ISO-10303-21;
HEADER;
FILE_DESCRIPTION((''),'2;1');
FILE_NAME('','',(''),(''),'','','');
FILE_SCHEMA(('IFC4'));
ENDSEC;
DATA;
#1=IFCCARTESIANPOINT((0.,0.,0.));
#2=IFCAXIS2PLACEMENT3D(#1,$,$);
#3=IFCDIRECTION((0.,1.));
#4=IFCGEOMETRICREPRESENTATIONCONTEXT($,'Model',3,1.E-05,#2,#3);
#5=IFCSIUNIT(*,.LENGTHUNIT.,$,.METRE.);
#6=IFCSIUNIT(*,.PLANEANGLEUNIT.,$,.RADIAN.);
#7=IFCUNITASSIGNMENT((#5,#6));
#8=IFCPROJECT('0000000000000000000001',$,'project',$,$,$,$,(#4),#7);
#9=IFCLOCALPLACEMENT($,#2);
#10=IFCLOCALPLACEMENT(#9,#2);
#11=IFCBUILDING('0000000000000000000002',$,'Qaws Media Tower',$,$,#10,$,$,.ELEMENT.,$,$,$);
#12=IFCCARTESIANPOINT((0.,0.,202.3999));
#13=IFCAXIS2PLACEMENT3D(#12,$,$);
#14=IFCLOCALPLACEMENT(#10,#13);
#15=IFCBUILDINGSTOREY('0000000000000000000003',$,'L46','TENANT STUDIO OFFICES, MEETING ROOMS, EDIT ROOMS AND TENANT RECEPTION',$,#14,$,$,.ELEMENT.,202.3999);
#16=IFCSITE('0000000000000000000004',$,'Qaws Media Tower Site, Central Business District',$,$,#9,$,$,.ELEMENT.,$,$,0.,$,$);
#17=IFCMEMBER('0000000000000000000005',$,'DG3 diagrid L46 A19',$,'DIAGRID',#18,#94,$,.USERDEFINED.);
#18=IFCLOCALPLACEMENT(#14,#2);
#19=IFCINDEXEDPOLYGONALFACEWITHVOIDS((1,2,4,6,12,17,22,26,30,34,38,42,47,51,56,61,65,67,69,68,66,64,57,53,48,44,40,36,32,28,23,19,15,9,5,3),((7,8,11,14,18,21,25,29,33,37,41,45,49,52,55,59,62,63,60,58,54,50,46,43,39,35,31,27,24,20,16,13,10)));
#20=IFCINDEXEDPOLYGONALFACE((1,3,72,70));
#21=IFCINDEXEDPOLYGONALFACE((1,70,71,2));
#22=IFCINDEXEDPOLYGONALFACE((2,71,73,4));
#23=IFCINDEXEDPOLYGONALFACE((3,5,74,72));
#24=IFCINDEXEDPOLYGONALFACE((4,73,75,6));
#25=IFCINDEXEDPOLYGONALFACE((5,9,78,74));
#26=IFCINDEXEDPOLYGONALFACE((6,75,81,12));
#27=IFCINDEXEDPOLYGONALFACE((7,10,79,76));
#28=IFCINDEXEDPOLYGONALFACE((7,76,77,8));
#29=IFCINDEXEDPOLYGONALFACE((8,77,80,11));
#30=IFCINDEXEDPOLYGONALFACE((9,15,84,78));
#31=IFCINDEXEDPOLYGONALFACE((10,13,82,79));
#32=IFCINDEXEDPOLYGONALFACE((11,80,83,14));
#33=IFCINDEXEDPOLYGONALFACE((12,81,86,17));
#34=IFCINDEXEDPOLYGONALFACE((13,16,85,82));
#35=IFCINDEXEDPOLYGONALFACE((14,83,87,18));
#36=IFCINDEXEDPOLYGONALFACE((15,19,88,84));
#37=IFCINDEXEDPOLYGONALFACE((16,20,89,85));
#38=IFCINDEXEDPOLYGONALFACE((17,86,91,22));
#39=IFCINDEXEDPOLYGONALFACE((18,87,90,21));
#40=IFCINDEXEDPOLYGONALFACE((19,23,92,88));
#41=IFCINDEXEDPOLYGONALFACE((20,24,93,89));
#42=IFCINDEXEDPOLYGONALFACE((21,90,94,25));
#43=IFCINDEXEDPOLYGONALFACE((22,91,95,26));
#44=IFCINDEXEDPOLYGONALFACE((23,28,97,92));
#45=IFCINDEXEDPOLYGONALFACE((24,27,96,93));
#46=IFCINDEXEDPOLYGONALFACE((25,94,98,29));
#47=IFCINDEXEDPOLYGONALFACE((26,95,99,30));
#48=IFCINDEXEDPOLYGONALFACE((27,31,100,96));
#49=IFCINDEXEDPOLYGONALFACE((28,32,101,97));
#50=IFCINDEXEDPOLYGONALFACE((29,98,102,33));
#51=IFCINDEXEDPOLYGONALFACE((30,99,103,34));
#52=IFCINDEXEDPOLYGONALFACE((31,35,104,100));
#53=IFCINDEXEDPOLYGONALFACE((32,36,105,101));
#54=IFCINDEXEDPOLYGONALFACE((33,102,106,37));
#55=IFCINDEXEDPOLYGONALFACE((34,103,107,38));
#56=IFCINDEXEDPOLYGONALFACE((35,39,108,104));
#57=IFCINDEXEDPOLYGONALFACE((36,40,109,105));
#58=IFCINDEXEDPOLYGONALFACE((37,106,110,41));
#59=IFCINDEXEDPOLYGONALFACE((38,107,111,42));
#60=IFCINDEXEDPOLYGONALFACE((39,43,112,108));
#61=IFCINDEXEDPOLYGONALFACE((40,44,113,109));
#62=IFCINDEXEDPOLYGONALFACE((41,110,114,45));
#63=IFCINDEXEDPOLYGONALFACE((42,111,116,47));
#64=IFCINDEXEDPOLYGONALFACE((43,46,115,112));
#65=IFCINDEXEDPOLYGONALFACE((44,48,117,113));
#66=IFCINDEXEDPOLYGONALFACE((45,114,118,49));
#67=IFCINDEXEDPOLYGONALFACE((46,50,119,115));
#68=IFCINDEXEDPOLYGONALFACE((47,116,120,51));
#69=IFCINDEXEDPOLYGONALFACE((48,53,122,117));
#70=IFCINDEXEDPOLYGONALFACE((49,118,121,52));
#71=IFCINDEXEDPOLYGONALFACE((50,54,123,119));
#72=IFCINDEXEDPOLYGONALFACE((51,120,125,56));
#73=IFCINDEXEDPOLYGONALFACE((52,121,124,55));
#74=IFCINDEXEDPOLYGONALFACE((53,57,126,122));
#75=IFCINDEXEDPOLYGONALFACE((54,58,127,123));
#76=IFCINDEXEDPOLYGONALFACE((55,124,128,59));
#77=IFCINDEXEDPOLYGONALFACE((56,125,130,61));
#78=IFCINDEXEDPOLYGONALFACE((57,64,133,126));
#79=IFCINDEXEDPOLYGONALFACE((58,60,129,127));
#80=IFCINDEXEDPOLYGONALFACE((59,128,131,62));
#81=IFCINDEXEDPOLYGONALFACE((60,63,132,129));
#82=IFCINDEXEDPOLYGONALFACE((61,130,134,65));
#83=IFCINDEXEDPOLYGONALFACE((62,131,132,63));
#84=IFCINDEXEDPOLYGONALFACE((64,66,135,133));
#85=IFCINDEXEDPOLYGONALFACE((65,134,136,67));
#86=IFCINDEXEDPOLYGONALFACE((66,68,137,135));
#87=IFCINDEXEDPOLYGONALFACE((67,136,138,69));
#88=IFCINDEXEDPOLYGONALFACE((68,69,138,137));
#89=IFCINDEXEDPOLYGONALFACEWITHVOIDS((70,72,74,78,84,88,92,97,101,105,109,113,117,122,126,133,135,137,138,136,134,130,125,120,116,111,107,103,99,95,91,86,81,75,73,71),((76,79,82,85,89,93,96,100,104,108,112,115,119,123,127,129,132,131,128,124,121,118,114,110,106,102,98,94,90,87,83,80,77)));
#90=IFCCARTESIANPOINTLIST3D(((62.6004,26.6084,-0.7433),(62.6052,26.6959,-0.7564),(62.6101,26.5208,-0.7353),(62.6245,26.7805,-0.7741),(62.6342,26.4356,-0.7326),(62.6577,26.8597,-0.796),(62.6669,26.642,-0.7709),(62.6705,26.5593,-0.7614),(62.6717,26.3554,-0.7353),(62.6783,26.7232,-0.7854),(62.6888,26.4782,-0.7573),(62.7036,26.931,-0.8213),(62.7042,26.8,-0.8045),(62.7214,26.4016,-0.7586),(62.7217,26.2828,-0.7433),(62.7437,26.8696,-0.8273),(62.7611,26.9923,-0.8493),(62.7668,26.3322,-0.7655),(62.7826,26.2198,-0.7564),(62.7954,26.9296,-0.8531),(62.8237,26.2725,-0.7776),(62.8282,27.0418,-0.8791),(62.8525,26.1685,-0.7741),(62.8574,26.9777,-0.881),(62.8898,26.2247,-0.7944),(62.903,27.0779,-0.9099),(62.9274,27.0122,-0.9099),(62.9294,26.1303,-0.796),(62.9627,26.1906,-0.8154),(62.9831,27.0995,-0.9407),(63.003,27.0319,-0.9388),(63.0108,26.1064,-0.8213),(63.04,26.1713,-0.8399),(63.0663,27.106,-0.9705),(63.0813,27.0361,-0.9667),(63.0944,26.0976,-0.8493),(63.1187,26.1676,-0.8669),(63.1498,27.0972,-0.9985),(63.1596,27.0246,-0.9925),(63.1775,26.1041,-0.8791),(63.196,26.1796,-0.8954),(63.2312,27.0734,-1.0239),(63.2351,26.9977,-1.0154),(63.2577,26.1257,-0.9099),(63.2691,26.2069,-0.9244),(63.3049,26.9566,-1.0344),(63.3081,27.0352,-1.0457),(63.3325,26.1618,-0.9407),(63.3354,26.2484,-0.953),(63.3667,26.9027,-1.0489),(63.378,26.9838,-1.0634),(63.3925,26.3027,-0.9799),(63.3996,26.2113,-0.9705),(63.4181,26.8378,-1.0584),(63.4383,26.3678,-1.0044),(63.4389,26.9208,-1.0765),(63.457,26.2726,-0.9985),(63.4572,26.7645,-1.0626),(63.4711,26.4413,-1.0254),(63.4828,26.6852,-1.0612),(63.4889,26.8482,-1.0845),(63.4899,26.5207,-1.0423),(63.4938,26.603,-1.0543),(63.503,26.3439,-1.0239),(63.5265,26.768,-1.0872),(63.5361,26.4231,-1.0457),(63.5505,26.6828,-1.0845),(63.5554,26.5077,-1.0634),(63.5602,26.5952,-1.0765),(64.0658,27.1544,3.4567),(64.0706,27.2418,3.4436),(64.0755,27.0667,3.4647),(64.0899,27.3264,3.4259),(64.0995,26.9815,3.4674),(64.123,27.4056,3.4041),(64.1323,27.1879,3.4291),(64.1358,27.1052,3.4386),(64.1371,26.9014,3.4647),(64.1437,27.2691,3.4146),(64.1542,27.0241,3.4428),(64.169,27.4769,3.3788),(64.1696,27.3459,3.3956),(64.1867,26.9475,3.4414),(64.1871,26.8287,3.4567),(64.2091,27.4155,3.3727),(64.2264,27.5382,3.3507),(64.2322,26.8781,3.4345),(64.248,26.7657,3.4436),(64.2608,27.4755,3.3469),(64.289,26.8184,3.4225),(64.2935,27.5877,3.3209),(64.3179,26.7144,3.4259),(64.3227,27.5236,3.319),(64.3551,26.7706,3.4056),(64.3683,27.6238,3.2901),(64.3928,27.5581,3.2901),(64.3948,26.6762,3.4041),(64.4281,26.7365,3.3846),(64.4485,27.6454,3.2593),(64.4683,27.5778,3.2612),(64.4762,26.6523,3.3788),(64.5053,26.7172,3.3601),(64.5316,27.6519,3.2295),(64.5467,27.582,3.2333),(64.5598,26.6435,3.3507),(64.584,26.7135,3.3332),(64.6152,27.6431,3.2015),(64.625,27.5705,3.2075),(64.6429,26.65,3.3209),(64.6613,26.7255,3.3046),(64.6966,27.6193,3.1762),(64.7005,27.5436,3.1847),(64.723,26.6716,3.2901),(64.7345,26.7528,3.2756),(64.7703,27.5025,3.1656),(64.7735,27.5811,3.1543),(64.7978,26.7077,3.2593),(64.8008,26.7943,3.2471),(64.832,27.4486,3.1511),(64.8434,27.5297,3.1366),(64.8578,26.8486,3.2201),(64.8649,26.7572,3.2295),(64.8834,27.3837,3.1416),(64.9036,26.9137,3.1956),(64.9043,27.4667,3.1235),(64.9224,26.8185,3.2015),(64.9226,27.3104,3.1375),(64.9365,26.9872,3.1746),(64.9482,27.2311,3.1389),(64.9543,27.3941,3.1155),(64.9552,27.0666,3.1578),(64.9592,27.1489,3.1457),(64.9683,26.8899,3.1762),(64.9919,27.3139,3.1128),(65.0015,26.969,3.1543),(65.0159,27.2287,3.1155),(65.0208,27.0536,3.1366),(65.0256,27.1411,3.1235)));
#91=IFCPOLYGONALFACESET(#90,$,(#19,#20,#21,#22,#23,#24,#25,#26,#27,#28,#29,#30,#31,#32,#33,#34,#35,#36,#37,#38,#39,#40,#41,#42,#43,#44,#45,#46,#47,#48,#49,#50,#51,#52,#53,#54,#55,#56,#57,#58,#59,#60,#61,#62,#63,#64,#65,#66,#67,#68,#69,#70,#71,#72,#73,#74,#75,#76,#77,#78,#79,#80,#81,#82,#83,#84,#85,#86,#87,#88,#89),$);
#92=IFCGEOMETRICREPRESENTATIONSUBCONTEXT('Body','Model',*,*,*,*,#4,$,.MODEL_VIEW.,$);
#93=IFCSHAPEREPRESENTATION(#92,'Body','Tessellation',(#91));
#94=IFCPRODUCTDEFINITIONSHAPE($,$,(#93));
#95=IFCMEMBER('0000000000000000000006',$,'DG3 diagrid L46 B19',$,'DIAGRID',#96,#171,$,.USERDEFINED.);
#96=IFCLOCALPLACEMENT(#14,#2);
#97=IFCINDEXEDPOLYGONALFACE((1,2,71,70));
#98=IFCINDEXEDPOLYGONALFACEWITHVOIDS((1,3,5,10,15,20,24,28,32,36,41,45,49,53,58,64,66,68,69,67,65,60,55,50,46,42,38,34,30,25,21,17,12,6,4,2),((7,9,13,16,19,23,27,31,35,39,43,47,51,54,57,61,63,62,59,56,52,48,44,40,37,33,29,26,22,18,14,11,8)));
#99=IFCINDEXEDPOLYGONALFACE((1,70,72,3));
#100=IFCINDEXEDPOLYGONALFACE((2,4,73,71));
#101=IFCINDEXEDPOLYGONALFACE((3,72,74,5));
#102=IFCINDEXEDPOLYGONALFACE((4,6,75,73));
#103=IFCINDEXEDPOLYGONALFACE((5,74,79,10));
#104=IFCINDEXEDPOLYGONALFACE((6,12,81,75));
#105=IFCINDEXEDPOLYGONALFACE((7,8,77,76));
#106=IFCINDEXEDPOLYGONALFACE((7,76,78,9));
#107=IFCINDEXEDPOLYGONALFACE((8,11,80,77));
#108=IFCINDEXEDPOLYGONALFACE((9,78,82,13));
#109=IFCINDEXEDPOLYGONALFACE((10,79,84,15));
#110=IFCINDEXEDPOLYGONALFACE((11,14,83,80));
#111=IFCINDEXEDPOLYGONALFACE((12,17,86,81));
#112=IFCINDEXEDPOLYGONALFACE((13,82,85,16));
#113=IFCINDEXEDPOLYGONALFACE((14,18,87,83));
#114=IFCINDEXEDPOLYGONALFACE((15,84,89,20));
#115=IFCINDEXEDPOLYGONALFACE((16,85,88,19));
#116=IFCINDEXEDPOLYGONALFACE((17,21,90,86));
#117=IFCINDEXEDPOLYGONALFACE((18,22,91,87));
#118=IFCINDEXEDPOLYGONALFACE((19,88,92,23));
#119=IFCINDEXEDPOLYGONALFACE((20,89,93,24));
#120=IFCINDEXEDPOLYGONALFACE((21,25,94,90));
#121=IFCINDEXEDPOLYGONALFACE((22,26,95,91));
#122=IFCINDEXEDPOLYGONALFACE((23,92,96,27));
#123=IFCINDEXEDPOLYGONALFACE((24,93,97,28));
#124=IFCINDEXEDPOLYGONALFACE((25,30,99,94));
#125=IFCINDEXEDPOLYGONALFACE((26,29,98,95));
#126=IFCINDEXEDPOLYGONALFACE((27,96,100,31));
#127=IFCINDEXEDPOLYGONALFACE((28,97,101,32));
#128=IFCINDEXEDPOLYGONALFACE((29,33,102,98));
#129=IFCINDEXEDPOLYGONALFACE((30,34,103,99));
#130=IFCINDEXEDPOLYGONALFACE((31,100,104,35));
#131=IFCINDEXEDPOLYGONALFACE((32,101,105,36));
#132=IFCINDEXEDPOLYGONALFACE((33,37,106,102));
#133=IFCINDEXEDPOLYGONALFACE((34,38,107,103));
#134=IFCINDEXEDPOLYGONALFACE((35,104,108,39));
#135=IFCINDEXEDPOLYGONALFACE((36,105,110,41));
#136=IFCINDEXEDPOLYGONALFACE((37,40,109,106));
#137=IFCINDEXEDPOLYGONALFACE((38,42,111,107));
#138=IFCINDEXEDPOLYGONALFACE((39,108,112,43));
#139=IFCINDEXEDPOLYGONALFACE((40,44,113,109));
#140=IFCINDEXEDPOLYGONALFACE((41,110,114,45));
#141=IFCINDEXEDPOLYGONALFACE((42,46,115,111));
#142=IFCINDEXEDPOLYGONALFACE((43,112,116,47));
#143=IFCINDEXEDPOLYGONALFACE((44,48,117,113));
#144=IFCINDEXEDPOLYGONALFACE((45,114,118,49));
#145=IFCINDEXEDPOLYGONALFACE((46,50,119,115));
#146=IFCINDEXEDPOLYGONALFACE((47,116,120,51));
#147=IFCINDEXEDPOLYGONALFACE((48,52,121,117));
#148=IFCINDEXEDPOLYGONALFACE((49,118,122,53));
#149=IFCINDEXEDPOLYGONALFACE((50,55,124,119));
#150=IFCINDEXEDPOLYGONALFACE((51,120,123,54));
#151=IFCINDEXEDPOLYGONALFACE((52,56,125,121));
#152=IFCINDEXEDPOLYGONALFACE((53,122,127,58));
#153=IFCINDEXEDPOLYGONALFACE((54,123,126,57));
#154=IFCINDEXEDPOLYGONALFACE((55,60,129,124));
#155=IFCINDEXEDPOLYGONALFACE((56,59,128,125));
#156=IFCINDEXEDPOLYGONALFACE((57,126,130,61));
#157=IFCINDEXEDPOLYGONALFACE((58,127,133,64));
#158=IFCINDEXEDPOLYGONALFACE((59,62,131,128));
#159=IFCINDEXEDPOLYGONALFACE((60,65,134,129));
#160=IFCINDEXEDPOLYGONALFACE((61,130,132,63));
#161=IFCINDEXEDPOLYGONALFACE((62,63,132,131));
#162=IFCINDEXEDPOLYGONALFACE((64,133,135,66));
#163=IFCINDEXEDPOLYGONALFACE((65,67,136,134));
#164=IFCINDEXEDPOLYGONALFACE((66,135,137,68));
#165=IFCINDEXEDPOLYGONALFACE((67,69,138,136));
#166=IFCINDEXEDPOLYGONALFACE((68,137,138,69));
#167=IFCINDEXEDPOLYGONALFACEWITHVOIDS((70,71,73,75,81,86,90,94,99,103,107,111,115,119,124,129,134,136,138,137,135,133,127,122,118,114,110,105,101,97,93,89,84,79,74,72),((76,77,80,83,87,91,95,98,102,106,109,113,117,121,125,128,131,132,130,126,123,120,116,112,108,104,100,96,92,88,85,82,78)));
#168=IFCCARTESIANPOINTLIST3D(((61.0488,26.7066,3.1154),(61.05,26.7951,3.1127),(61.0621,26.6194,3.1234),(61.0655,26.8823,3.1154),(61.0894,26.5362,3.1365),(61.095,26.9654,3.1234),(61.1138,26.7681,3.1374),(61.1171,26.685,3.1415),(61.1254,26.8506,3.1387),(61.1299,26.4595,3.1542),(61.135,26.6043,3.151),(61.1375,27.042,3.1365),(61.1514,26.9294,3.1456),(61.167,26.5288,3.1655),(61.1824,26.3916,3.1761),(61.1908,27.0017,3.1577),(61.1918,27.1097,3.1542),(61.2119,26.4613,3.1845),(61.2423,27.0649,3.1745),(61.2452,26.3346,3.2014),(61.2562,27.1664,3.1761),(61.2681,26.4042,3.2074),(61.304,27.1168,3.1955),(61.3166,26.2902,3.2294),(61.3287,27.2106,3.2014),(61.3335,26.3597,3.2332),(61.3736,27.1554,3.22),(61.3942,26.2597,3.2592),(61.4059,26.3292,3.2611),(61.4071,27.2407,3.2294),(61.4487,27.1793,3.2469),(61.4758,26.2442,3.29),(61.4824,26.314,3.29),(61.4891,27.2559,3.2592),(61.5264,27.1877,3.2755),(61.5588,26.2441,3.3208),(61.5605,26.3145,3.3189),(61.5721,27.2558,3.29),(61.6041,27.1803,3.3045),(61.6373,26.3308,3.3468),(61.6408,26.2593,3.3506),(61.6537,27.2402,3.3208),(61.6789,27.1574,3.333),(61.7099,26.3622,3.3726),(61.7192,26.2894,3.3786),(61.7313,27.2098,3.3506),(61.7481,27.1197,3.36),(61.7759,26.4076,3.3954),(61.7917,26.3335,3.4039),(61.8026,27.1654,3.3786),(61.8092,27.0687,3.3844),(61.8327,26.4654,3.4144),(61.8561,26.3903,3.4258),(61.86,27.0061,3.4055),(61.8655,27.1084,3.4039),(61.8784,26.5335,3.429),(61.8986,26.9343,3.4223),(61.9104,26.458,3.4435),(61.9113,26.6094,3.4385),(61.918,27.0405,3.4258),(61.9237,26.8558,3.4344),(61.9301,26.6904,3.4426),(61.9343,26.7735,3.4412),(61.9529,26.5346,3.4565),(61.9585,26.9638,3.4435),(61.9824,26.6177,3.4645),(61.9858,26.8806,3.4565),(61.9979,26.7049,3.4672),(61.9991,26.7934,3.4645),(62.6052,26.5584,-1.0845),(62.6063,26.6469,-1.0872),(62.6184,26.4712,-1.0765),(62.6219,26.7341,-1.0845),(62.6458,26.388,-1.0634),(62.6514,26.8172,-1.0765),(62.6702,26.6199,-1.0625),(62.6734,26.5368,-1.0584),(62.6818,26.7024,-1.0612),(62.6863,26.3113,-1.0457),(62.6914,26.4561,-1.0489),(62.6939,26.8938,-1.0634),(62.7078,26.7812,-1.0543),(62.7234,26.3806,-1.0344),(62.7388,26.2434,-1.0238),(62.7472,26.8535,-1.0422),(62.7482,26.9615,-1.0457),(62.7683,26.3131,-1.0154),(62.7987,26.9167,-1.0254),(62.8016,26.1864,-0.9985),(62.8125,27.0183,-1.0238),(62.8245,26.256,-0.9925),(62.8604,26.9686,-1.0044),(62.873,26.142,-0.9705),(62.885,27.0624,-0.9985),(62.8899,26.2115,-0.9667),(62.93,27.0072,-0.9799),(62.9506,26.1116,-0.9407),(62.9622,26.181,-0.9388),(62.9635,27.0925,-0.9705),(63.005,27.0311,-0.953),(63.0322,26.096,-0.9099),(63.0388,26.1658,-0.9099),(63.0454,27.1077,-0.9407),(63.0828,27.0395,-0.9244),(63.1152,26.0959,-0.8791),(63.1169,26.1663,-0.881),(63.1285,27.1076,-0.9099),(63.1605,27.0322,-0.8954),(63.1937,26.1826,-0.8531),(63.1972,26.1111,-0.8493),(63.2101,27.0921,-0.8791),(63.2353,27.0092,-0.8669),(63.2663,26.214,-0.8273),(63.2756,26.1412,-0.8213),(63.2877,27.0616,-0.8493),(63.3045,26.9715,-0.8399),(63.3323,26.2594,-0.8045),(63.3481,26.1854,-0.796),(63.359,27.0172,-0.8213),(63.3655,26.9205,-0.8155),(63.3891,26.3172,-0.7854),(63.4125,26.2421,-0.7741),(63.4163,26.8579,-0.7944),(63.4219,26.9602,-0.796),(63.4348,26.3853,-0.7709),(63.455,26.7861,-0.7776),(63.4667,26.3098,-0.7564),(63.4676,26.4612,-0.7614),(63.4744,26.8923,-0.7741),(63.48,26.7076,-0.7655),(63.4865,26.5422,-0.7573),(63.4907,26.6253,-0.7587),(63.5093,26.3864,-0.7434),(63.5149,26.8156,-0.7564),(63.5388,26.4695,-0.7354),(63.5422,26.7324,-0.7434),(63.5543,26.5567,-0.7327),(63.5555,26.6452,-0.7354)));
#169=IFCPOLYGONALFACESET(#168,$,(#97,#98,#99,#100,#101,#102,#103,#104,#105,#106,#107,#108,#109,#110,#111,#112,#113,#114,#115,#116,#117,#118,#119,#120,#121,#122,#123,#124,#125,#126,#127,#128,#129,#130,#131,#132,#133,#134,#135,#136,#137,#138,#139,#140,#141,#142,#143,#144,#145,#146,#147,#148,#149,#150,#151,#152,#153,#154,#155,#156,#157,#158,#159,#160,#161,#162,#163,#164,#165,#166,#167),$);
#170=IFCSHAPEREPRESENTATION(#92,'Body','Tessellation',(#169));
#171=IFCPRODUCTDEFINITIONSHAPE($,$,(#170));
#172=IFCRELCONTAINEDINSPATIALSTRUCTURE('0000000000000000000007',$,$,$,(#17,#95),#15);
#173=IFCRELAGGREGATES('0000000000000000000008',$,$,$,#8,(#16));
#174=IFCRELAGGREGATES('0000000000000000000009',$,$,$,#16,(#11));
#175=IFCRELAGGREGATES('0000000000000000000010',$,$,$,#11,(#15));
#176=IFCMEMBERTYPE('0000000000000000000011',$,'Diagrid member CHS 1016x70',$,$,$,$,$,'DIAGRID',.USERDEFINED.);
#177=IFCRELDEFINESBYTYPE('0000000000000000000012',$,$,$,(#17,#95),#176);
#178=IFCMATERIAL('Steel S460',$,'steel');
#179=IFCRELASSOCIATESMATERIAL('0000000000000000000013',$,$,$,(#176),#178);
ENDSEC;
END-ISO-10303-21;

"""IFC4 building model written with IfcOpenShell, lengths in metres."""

from ifc_helpers import new_model, si_unit, direction, frame, origin, origin_2d, place, context, subcontext, project, spatial, hollow_circle, extrude, material, material_profile, profile_set, type_object, element, save


model = new_model("IFC4")

# Units and contexts
model_context = context("Model", 3, precision=1e-05, world=origin(), true_north=direction((0.0, 1.0)))
body_context = subcontext(model_context, "Body", "Model", "MODEL_VIEW")
ifc_project = project(units=[si_unit("LENGTHUNIT", "METRE"), si_unit("PLANEANGLEUNIT", "RADIAN")], contexts=[model_context])

# Site, building, storey
site_placement = place(None, origin())
site = spatial("IfcSite", under=ifc_project, at=site_placement, Name="Qaws Media Tower Site, Central Business District", CompositionType="ELEMENT", RefElevation=0.0)
building_placement = place(site_placement, origin())
building = spatial("IfcBuilding", under=site, at=building_placement, Name="Qaws Media Tower", CompositionType="ELEMENT")
storey_placement = place(building_placement, frame((0.0, 0.0, 202.3999)))
storey = spatial("IfcBuildingStorey", under=building, at=storey_placement, Name="L46", Description="TENANT STUDIO OFFICES, MEETING ROOMS, EDIT ROOMS AND TENANT RECEPTION", CompositionType="ELEMENT", Elevation=202.3999)

# Members
ifc_material_1 = material(Name="Steel S460", Category="steel")
ifc_material_profile_1 = material_profile(ifc_material_1, hollow_circle(Radius=0.5081, WallThickness=0.0701, at=origin_2d()), Name="CHS 1016x70")
ifc_profile_set_1 = profile_set([ifc_material_profile_1], Name="Steel S460")
member_type_1 = type_object("IfcMemberType", Name="Diagrid member CHS 1016x70", ElementType="DIAGRID", PredefinedType="USERDEFINED", material=ifc_profile_set_1)
for number, where, z_axis, x_axis, name in (
    (1, (63.0803, 26.6018, -0.9099), (0.326966, 0.121809, 0.937153), (-0.349104, 0.937084, 0.0), "DG3 diagrid L46 A19"),
):
    element("IfcMember", number, at=place(storey_placement, frame(where, z_axis=z_axis, x_axis=x_axis)), inside=storey, type_object=member_type_1, Name=name, ObjectType="DIAGRID", PredefinedType="USERDEFINED", context=body_context, shape_type="SweptSolid", body=[
        extrude(hollow_circle(Radius=0.5081, WallThickness=0.0701, at=origin_2d()), origin(), (0.0, 0.0, 1.0), 4.4817),
    ])
for number, where, z_axis, x_axis, name in (
    (2, (63.0803, 26.6018, -0.9099), (-0.347293, 0.033068, 0.937173), (-0.094787, -0.995498, 0.0), "DG3 diagrid L46 B19"),
):
    element("IfcMember", number, at=place(storey_placement, frame(where, z_axis=z_axis, x_axis=x_axis)), inside=storey, type_object=member_type_1, Name=name, ObjectType="DIAGRID", PredefinedType="USERDEFINED", context=body_context, shape_type="SweptSolid", body=[
        extrude(hollow_circle(Radius=0.5081, WallThickness=0.0701, at=origin_2d()), origin(), (0.0, 0.0, 1.0), 4.4814),
    ])

save(model, "model.ifc")
